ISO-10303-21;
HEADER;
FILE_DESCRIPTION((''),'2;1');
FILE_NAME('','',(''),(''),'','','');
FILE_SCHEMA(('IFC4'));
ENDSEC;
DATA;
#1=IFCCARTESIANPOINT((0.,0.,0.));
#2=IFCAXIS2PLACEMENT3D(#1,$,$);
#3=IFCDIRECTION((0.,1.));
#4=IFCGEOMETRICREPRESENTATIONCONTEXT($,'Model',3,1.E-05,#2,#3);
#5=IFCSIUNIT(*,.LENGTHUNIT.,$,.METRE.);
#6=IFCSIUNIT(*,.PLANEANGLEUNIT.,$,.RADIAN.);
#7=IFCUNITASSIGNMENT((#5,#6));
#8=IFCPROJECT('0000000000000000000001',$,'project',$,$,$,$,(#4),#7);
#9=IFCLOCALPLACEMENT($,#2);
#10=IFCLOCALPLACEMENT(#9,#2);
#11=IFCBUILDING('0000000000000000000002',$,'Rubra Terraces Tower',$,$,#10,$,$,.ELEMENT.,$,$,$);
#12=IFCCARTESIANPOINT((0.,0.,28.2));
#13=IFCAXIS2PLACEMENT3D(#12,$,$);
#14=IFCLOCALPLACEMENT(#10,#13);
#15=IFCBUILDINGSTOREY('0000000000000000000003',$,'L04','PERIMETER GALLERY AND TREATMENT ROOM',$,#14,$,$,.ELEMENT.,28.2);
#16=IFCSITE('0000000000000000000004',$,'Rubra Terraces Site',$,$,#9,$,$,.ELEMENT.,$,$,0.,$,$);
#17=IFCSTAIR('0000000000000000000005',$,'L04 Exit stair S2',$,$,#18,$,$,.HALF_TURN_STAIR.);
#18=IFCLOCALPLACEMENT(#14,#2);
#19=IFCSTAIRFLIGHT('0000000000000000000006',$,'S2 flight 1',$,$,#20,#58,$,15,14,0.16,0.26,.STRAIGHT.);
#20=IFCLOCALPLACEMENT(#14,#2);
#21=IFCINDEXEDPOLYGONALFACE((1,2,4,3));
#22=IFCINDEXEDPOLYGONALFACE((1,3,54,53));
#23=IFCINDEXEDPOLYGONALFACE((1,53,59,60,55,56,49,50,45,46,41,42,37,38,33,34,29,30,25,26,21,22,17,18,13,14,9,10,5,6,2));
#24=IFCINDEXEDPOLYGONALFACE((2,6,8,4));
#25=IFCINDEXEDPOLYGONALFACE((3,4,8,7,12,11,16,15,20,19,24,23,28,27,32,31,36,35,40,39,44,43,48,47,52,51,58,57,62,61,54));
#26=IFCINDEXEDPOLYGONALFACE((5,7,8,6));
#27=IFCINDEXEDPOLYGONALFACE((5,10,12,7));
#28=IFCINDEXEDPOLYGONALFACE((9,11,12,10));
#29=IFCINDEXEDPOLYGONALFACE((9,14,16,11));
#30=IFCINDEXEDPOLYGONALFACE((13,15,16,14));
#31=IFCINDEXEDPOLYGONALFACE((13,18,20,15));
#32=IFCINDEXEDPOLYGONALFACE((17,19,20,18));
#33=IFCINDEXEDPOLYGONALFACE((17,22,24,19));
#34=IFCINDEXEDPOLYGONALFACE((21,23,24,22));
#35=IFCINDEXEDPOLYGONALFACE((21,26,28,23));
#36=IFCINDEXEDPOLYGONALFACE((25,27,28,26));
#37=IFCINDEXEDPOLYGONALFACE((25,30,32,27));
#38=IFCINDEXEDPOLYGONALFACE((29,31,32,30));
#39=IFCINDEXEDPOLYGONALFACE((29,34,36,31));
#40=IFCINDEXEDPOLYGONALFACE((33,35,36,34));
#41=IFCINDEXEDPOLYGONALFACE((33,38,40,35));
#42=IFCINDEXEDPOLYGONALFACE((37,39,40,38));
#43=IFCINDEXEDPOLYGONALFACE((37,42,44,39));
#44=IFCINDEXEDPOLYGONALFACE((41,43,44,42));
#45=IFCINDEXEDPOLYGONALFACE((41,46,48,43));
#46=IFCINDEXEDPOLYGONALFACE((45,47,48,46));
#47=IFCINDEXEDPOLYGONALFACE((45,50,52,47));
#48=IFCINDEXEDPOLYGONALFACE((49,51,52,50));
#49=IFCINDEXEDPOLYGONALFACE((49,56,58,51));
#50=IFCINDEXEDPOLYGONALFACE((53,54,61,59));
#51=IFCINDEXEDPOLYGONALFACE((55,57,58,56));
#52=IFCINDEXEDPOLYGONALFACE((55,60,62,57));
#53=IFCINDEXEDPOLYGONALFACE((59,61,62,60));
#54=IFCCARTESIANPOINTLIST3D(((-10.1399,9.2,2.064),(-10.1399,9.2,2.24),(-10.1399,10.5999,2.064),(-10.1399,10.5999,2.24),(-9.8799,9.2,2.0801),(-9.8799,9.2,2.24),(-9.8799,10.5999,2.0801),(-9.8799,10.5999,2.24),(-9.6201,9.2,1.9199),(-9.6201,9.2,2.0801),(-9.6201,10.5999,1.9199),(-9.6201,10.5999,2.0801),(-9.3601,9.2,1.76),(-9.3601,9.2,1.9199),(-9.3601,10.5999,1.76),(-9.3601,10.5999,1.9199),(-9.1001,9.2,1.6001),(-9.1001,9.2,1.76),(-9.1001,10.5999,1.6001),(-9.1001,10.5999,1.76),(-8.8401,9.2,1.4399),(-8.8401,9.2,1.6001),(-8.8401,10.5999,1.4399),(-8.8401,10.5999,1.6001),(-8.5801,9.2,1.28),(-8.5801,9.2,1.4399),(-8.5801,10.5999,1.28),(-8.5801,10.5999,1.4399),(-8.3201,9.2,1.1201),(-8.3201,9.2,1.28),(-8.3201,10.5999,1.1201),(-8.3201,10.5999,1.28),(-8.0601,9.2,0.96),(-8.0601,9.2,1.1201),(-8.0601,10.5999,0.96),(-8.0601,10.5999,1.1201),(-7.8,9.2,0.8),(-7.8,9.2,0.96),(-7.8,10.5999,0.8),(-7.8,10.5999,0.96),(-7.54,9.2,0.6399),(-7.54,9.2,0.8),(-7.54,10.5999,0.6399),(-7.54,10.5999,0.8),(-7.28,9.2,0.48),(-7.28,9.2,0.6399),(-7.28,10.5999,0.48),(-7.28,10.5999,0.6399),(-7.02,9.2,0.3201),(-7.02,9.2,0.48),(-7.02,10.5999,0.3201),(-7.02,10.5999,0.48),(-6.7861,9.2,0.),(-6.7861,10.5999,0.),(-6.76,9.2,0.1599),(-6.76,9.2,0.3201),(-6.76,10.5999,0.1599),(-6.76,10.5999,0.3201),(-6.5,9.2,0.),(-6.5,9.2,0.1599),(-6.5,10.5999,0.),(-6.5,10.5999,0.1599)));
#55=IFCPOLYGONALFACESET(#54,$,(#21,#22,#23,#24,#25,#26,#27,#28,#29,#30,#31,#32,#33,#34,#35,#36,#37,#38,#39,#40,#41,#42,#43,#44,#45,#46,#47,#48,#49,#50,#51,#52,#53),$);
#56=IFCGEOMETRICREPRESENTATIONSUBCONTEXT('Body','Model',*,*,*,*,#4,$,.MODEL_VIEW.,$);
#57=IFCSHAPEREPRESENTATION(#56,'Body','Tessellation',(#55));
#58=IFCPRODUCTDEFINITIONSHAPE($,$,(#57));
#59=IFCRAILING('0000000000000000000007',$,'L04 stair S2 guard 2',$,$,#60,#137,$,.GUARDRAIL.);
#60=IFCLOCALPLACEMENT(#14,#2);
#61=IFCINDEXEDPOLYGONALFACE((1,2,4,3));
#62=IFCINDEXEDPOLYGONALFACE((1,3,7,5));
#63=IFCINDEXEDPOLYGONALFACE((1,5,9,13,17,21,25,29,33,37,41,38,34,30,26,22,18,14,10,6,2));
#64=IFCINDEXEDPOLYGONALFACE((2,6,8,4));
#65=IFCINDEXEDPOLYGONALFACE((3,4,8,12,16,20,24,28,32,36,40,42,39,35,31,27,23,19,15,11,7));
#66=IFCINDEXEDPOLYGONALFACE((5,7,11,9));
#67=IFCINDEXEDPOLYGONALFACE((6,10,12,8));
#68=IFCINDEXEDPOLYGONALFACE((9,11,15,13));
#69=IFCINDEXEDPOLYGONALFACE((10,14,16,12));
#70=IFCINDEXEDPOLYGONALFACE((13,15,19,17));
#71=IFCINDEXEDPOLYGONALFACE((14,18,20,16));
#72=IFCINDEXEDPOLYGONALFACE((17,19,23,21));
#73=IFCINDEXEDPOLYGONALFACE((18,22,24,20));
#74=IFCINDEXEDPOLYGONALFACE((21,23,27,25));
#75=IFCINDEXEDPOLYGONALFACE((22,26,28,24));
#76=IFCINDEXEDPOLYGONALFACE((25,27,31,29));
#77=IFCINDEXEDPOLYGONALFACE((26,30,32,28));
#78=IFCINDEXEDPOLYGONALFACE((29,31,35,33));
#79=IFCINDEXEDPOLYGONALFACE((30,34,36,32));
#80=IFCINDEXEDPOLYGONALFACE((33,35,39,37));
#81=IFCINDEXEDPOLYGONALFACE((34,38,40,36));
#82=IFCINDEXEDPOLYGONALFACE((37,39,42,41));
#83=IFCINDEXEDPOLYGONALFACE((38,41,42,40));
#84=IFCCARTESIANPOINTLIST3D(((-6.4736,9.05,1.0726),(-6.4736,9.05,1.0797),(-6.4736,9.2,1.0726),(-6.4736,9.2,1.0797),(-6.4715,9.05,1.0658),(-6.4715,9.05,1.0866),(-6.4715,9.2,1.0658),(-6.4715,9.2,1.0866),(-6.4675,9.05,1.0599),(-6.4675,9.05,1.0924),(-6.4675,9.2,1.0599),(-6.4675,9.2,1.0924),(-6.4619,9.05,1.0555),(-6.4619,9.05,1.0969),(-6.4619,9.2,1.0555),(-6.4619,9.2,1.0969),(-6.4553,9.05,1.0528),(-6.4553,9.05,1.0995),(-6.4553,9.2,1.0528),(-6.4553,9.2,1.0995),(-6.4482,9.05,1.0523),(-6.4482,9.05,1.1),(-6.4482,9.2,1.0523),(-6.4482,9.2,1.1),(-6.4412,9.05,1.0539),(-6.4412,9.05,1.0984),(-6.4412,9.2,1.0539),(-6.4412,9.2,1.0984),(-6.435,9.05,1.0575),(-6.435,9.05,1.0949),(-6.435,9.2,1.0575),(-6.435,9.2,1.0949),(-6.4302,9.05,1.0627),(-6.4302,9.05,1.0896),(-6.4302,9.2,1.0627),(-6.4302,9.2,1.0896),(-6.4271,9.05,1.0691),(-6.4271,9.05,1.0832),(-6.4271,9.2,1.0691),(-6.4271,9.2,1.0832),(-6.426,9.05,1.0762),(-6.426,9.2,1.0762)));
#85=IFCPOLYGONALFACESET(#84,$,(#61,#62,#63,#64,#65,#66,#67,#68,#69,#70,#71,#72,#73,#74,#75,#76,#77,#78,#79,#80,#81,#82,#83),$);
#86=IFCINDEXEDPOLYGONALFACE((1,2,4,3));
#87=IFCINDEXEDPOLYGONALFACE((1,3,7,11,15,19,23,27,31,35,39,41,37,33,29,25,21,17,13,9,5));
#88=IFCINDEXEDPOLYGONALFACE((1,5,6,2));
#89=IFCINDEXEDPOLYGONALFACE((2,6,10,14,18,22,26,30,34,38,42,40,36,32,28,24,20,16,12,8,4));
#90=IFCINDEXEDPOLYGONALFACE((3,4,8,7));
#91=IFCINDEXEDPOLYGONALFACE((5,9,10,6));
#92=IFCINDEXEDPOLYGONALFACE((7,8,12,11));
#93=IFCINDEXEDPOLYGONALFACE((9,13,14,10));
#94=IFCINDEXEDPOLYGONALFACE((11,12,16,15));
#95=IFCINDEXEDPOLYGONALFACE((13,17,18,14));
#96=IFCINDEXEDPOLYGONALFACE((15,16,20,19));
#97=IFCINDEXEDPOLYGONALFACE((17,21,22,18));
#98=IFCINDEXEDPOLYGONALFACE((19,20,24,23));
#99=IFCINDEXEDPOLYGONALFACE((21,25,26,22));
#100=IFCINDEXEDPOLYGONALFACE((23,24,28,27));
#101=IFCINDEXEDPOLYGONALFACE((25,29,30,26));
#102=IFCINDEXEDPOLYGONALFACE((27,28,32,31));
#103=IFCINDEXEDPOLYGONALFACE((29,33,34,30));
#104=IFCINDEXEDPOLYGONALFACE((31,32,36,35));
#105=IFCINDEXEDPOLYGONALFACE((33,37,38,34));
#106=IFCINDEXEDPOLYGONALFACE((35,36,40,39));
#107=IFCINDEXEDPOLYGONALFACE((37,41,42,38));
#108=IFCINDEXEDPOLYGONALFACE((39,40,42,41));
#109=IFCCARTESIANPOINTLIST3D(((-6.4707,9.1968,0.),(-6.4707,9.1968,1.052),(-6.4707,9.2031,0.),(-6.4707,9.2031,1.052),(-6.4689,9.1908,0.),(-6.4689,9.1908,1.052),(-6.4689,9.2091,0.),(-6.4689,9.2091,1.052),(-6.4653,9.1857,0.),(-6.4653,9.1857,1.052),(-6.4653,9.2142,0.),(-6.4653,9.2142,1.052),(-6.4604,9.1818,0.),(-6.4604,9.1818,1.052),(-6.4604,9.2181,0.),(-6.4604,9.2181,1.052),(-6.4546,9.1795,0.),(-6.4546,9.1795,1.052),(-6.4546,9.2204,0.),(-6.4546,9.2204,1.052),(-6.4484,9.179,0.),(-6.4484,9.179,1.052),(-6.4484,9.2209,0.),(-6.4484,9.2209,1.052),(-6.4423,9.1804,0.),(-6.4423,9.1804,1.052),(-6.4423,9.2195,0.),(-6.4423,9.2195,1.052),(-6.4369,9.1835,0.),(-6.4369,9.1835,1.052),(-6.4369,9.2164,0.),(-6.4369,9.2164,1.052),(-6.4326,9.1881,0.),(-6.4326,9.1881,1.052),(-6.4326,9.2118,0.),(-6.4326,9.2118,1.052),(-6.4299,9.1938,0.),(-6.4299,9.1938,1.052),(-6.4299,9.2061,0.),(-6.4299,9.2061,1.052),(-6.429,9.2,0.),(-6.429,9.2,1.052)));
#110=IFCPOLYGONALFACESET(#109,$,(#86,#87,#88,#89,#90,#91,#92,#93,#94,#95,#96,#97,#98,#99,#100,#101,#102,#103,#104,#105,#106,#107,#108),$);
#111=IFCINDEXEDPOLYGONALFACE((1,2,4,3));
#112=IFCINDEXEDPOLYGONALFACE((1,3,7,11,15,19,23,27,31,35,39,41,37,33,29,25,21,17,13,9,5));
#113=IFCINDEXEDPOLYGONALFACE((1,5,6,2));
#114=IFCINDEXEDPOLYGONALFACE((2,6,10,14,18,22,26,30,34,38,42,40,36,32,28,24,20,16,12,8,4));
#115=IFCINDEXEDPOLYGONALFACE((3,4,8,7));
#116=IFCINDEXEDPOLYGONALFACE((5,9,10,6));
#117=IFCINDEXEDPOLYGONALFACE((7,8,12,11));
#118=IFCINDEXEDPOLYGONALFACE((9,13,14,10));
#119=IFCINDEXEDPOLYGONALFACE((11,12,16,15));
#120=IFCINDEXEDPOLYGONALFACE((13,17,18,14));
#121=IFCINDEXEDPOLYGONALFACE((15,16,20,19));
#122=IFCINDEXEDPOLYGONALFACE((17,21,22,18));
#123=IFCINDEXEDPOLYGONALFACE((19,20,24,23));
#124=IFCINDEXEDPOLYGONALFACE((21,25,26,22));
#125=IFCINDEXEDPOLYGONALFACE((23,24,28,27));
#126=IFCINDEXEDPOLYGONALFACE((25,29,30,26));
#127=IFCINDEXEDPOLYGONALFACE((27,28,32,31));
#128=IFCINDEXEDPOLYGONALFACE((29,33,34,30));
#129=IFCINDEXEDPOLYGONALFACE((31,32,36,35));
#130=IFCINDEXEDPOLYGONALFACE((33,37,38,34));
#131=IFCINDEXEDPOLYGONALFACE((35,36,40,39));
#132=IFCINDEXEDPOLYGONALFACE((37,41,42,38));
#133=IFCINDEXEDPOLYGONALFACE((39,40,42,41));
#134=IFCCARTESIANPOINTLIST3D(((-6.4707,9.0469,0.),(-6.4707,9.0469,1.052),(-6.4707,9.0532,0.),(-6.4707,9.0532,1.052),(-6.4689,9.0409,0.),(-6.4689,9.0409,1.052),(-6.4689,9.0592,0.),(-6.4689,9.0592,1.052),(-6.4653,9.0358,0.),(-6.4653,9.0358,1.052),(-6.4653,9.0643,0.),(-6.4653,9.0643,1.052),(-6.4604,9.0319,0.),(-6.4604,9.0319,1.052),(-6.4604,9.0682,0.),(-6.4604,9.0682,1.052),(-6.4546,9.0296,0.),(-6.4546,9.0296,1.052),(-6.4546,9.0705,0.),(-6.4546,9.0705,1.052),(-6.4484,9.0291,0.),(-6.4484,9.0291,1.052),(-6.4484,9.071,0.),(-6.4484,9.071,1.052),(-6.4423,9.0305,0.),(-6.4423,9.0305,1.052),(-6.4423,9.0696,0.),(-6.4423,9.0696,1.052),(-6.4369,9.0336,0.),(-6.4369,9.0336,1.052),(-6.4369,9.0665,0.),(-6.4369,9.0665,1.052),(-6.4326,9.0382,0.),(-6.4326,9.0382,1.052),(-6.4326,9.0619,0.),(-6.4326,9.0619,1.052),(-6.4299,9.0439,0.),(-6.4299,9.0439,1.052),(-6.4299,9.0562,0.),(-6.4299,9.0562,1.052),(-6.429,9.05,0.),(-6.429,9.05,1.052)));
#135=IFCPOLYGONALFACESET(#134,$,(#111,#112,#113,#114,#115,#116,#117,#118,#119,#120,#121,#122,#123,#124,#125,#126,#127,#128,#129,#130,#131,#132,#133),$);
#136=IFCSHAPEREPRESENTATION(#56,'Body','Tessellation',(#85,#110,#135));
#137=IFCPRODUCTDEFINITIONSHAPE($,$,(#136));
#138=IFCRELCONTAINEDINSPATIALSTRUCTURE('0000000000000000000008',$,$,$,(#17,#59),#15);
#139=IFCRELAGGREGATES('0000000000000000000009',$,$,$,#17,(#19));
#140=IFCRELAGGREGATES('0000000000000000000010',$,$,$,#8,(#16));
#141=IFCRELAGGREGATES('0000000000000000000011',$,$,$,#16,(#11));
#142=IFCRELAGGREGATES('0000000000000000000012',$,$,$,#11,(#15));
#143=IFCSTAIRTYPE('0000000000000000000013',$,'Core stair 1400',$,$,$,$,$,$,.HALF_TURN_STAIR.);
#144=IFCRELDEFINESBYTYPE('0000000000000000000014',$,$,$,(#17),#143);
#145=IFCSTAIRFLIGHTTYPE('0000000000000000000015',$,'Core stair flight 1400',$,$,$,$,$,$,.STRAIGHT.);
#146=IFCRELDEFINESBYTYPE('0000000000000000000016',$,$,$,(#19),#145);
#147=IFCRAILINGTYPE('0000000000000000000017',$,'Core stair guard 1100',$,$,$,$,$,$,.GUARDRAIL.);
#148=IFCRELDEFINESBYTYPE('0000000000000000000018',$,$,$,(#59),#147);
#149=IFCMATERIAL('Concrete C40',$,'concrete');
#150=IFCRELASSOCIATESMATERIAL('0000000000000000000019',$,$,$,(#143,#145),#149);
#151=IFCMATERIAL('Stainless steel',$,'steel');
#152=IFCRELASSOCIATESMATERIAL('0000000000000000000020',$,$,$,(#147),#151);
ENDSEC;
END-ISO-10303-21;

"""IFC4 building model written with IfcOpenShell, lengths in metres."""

from ifc_helpers import new_model, si_unit, direction, frame, origin, origin_2d, place, context, subcontext, project, spatial, polyline, circle, outline, extrude, material, type_object, element, aggregate, save


model = new_model("IFC4")

# Units and contexts
model_context = context("Model", 3, precision=1e-05, world=origin(), true_north=direction((0.0, 1.0)))
body_context = subcontext(model_context, "Body", "Model", "MODEL_VIEW")
ifc_project = project(units=[si_unit("LENGTHUNIT", "METRE"), si_unit("PLANEANGLEUNIT", "RADIAN")], contexts=[model_context])

# Site, building, storey
site_placement = place(None, origin())
site = spatial("IfcSite", under=ifc_project, at=site_placement, Name="Rubra Terraces Site", CompositionType="ELEMENT", RefElevation=0.0)
building_placement = place(site_placement, origin())
building = spatial("IfcBuilding", under=site, at=building_placement, Name="Rubra Terraces Tower", CompositionType="ELEMENT")
storey_placement = place(building_placement, frame((0.0, 0.0, 28.2)))
storey = spatial("IfcBuildingStorey", under=building, at=storey_placement, Name="L04", Description="PERIMETER GALLERY AND TREATMENT ROOM", CompositionType="ELEMENT", Elevation=28.2)

# Stair, stair flight
ifc_material_1 = material(Name="Concrete C40", Category="concrete")
stair_type = type_object("IfcStairType", Name="Core stair 1400", PredefinedType="HALF_TURN_STAIR", material=ifc_material_1)
stair_placement = place(storey_placement, origin())
stair = element("IfcStair", 1, at=stair_placement, inside=storey, type_object=stair_type, Name="L04 Exit stair S2", PredefinedType="HALF_TURN_STAIR")
stair_flight_type = type_object("IfcStairFlightType", Name="Core stair flight 1400", PredefinedType="STRAIGHT", material=ifc_material_1)
stair_flight_placement = place(storey_placement, frame((-6.5, 9.8999, 0.0), z_axis=(0.0, 0.0, 1.0), x_axis=(-1.0, 0.0, 0.0)))
stair_flight = element("IfcStairFlight", 2, at=stair_flight_placement, type_object=stair_flight_type, Name="S2 flight 1", NumberOfRisers=15, NumberOfTreads=14, PredefinedType="STRAIGHT", RiserHeight=0.16, TreadLength=0.26, context=body_context, shape_type="SweptSolid", body=[
    extrude(outline(polyline([(0.0, 0.0), (0.0, 0.1599), (0.26, 0.1599), (0.26, 0.3201), (0.52, 0.3201), (0.52, 0.48), (0.78, 0.48), (0.78, 0.6399), (1.04, 0.6399), (1.04, 0.8), (1.3, 0.8), (1.3, 0.96), (1.5601, 0.96), (1.5601, 1.1201), (1.8201, 1.1201), (1.8201, 1.28), (2.0801, 1.28), (2.0801, 1.4399), (2.3401, 1.4399), (2.3401, 1.6001), (2.6001, 1.6001), (2.6001, 1.76), (2.8601, 1.76), (2.8601, 1.9199), (3.1201, 1.9199), (3.1201, 2.0801), (3.3799, 2.0801), (3.3799, 2.24), (3.6399, 2.24), (3.6399, 2.3999), (3.6399, 2.064), (0.2861, 0.0), (0.0, 0.0)])), frame((0.0, 0.7, 0.0), z_axis=(0.0, -1.0, 0.0), x_axis=(1.0, 0.0, 0.0)), (0.0, 0.0, 1.0), 1.3999),
])
aggregate(stair, [stair_flight])

# Railing
ifc_material_2 = material(Name="Stainless steel", Category="steel")
railing_type_1 = type_object("IfcRailingType", Name="Core stair guard 1100", PredefinedType="GUARDRAIL", material=ifc_material_2)
railing_1_placement = place(storey_placement, frame((-6.45, 9.2, 0.0)))
element("IfcRailing", 3, at=railing_1_placement, inside=storey, type_object=railing_type_1, Name="L04 stair S2 guard 2", PredefinedType="GUARDRAIL", context=body_context, shape_type="SweptSolid", body=[
    extrude(circle(Radius=0.0239, at=origin_2d()), frame((0.0, 0.0, 1.0762), z_axis=(0.0, -1.0, 0.0), x_axis=(1.0, 0.0, 0.0)), (0.0, 0.0, 1.0), 0.1499),
    extrude(circle(Radius=0.021, at=origin_2d()), origin(), (0.0, 0.0, 1.0), 1.052),
    extrude(circle(Radius=0.021, at=origin_2d()), frame((0.0, -0.1499, 0.0)), (0.0, 0.0, 1.0), 1.052),
])

save(model, "model.ifc")
